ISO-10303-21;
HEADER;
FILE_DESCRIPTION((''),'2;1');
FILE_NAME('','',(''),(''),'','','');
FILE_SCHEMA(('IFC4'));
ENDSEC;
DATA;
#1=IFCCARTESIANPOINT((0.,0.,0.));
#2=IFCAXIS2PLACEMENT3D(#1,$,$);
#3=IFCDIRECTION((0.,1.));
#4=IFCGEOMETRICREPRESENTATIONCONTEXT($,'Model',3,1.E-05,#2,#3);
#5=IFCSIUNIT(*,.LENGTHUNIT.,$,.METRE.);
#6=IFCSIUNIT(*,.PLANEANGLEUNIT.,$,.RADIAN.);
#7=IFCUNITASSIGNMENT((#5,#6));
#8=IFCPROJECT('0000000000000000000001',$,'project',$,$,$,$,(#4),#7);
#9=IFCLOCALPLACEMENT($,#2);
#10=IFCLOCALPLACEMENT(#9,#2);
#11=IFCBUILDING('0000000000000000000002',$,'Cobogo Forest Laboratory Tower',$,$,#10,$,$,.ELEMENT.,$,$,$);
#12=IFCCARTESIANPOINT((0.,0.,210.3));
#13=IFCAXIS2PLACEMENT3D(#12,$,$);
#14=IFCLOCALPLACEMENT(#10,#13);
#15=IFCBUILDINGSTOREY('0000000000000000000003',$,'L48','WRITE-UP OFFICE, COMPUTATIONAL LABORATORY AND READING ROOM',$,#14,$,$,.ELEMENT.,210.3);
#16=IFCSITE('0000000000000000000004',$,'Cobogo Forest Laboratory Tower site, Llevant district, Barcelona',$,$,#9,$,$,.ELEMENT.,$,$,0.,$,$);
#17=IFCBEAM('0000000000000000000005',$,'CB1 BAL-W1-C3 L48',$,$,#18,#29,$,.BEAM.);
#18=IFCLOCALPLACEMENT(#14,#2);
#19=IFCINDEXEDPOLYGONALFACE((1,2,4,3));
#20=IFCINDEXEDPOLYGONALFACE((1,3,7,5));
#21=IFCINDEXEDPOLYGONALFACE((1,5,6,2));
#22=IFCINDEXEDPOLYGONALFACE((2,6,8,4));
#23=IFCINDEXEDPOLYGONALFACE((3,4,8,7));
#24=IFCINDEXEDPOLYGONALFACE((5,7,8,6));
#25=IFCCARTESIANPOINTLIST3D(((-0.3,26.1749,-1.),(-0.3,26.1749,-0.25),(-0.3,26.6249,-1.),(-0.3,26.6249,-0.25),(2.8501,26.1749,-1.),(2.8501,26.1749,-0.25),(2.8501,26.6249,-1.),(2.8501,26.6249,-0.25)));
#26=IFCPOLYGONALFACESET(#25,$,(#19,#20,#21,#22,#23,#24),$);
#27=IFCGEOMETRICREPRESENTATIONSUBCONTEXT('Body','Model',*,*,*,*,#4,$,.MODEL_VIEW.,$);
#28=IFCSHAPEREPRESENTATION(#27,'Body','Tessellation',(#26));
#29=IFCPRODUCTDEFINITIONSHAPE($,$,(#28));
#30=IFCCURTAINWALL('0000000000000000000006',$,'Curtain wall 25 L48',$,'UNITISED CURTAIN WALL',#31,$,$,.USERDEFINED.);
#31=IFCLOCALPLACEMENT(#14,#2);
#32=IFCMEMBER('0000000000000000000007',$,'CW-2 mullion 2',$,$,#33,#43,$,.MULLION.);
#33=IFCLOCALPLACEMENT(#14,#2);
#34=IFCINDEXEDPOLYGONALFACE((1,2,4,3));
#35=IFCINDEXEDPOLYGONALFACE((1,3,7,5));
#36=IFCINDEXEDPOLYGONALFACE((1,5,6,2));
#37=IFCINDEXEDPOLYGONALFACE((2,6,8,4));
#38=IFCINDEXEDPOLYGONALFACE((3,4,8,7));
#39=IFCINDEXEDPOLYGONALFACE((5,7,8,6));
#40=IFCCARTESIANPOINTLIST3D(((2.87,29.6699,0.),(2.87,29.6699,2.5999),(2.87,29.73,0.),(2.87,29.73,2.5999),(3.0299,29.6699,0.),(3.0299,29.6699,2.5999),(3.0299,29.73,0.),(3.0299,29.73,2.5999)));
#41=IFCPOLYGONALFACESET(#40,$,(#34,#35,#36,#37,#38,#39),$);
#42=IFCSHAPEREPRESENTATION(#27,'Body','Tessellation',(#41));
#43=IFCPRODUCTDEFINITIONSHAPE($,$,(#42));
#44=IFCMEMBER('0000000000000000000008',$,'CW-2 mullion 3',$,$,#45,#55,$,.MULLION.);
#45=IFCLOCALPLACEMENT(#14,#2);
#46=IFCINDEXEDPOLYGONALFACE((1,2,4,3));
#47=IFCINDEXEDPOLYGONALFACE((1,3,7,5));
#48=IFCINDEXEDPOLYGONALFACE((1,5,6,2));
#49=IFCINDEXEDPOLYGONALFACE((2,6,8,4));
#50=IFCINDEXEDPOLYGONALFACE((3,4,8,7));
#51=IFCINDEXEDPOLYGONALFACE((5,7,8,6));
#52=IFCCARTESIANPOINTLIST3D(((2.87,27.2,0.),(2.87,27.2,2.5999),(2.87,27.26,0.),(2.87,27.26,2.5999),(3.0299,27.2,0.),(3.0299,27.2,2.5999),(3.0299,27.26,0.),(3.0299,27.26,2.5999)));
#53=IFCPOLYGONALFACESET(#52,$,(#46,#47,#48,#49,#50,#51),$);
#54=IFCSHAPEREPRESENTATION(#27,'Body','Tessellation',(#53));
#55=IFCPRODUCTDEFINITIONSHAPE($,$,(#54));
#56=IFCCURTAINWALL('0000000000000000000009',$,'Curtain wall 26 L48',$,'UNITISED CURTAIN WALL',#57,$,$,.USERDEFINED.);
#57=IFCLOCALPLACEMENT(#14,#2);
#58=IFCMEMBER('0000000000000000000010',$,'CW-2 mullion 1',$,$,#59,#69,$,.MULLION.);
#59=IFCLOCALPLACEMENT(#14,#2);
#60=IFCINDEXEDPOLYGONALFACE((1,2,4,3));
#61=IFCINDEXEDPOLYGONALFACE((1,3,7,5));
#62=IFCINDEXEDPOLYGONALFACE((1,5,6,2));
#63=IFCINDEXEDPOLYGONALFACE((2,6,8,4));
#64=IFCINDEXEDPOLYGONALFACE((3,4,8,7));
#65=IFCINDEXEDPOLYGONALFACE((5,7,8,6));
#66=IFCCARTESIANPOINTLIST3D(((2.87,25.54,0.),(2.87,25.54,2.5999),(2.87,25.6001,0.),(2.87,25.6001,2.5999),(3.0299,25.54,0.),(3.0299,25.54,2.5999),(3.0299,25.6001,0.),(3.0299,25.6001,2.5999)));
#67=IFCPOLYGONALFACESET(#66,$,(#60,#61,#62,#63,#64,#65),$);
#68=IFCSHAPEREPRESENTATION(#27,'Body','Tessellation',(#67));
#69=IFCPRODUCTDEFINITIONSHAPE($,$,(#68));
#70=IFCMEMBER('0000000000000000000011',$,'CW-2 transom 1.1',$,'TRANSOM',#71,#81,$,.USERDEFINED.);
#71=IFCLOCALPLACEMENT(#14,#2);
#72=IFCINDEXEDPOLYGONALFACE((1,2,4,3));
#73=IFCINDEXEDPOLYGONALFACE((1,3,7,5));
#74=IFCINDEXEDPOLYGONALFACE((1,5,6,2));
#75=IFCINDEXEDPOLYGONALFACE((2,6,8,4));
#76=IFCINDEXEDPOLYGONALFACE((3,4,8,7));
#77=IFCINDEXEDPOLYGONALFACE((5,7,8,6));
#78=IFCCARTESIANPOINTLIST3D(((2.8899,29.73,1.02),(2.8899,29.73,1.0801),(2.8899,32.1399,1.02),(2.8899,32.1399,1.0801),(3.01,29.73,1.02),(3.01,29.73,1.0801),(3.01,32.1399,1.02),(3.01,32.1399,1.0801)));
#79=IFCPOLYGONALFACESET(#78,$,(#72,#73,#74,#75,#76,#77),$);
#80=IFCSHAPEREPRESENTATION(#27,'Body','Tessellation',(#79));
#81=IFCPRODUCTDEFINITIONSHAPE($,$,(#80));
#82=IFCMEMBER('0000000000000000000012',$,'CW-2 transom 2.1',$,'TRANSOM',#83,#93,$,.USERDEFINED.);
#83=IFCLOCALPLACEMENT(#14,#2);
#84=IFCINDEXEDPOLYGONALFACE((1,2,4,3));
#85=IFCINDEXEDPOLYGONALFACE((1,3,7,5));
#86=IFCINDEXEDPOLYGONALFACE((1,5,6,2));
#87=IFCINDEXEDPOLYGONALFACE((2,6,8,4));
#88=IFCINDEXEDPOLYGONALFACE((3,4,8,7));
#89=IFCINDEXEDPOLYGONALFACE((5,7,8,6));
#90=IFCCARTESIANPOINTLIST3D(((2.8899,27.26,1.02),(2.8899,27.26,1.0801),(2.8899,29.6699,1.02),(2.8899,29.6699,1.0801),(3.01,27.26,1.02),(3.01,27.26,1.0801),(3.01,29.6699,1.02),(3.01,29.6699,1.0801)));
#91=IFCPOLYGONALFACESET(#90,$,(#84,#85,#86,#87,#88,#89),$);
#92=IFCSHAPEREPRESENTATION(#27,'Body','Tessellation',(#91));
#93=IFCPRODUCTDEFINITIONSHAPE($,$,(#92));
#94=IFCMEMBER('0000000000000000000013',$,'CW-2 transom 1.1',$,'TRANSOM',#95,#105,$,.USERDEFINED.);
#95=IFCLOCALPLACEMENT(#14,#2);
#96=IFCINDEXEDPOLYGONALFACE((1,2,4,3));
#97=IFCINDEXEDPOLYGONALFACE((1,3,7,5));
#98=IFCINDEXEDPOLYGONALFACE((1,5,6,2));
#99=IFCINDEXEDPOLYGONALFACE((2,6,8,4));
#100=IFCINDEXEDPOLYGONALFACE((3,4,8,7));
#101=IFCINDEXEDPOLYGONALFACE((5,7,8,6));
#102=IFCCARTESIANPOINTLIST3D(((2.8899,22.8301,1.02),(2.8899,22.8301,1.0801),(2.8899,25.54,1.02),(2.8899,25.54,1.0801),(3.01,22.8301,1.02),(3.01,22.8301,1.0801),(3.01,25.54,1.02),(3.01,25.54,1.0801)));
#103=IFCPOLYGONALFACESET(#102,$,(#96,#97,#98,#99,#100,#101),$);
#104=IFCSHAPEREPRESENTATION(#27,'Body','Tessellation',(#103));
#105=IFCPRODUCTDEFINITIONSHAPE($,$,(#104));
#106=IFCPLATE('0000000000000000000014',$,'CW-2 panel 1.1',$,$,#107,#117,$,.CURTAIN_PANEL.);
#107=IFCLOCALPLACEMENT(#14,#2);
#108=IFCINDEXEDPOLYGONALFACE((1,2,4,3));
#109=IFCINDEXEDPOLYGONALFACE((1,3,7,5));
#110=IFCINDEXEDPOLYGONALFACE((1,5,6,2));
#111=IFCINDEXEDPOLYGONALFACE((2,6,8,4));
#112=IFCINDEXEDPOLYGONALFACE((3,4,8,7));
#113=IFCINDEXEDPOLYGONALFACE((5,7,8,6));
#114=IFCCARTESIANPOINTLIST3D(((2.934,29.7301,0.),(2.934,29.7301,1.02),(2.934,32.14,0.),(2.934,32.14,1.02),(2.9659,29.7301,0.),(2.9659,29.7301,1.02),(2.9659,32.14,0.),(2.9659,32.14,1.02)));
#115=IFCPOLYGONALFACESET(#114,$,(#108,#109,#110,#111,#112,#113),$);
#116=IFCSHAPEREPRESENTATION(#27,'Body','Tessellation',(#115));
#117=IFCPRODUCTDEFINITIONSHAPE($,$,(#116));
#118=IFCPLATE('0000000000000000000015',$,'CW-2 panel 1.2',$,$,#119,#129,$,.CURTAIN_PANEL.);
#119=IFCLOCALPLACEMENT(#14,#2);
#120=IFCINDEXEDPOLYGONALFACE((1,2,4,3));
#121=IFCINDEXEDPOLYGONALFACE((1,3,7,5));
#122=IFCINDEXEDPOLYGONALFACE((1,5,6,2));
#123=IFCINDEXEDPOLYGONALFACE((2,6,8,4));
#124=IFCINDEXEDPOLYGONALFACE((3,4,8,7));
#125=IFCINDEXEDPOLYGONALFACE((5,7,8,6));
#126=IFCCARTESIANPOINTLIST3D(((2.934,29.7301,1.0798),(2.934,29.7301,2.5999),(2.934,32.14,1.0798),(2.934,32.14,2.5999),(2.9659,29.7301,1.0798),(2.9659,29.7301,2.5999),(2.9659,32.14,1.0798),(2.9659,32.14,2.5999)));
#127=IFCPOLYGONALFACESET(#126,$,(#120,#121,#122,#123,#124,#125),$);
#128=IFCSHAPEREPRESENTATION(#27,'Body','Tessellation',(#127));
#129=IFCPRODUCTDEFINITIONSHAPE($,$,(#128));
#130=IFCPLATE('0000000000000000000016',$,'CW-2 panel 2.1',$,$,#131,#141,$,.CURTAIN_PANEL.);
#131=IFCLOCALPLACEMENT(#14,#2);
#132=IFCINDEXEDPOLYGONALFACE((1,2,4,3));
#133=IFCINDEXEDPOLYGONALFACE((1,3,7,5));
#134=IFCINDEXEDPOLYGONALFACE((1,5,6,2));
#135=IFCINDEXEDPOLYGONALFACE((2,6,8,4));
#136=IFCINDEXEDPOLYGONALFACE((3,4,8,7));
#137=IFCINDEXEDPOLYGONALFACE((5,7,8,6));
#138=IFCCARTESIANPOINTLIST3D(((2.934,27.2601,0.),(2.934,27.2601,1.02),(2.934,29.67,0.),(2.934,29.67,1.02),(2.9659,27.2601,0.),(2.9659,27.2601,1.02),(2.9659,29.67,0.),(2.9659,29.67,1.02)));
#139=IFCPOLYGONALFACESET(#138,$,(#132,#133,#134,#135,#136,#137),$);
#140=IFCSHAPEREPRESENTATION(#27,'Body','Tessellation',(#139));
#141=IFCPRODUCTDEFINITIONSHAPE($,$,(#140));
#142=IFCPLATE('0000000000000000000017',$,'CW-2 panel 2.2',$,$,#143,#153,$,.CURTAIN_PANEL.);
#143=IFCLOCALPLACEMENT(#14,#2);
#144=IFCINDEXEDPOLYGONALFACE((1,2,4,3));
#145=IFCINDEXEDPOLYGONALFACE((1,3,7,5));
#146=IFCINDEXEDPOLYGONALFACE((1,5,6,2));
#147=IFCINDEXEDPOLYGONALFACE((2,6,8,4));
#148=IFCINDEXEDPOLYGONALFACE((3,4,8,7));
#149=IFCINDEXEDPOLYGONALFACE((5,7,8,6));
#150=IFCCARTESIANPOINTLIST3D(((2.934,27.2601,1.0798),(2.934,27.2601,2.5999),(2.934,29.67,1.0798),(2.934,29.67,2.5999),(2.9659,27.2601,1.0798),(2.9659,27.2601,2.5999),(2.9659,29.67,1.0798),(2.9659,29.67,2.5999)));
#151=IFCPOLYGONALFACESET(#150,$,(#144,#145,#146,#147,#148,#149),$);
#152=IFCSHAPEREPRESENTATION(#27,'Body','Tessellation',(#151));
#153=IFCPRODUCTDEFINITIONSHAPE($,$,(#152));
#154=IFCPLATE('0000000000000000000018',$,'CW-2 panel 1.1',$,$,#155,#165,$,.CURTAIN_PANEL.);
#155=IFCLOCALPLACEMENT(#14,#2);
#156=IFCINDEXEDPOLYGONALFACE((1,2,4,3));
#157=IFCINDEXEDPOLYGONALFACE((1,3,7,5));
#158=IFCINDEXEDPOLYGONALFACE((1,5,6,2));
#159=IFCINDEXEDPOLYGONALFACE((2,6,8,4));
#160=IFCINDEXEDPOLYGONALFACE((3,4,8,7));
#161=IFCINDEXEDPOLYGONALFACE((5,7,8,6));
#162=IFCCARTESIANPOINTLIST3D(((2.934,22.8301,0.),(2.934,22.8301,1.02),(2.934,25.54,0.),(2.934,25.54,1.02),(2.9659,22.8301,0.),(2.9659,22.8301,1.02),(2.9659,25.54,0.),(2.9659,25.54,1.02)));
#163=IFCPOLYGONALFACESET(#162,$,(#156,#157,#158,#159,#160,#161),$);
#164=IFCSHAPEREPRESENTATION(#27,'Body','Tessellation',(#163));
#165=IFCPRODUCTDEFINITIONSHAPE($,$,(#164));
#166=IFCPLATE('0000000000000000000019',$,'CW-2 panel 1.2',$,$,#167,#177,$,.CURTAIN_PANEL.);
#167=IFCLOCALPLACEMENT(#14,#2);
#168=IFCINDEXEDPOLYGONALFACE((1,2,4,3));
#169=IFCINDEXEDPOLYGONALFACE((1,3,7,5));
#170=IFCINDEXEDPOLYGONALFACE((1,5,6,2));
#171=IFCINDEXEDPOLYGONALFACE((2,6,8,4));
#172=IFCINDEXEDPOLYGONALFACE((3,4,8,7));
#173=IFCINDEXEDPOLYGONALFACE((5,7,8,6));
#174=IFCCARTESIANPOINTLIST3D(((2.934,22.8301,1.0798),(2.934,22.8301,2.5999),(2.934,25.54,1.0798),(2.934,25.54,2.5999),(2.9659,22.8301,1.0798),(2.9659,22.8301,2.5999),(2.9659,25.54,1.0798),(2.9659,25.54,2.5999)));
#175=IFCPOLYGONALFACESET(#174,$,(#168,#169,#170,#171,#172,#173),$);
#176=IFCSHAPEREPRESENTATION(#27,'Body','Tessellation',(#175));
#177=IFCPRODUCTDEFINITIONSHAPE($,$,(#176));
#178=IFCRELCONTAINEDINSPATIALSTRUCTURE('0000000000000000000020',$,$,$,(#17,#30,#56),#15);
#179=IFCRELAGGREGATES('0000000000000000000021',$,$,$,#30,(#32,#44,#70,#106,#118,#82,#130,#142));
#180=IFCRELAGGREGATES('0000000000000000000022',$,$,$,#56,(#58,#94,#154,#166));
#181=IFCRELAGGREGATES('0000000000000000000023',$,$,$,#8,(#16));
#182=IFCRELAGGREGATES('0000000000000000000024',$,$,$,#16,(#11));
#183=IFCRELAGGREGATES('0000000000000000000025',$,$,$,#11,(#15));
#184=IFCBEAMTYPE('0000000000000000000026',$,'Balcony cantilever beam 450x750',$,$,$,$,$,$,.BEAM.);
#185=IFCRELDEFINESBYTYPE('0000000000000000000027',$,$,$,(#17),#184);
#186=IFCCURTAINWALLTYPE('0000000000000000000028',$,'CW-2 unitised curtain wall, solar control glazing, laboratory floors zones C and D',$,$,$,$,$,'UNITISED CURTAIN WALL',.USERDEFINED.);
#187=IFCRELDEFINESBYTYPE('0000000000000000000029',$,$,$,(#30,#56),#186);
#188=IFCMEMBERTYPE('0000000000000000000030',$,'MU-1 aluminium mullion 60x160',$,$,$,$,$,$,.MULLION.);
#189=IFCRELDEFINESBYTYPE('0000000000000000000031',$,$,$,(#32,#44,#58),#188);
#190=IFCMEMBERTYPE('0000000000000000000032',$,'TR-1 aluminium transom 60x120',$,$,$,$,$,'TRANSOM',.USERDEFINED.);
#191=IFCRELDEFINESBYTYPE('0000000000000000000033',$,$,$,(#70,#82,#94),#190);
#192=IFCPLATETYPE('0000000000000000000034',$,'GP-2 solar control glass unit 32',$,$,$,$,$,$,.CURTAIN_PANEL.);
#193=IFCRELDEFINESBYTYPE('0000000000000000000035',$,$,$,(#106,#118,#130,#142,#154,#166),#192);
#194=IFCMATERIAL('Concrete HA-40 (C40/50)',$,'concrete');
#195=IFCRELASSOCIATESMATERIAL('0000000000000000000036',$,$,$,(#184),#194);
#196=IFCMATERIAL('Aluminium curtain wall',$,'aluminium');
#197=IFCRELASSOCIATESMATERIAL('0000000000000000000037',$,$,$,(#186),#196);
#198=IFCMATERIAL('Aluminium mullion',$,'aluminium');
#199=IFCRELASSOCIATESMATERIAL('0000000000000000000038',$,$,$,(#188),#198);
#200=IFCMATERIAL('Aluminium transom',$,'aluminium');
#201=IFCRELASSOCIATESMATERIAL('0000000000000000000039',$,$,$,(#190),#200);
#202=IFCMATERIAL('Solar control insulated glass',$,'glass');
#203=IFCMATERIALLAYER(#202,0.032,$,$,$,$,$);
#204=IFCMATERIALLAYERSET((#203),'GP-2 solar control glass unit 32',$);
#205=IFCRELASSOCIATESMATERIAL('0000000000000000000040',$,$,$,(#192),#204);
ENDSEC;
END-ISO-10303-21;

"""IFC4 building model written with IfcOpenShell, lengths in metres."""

from ifc_helpers import new_model, si_unit, direction, frame, origin, origin_2d, place, context, subcontext, project, spatial, rectangle, extrude, material, layer, layer_set, material_profile, profile_set, type_object, element, aggregate, save


model = new_model("IFC4")

# Units and contexts
model_context = context("Model", 3, precision=1e-05, world=origin(), true_north=direction((0.0, 1.0)))
body_context = subcontext(model_context, "Body", "Model", "MODEL_VIEW")
ifc_project = project(units=[si_unit("LENGTHUNIT", "METRE"), si_unit("PLANEANGLEUNIT", "RADIAN")], contexts=[model_context])

# Site, building, storey
site_placement = place(None, origin())
site = spatial("IfcSite", under=ifc_project, at=site_placement, Name="Cobogo Forest Laboratory Tower site, Llevant district, Barcelona", CompositionType="ELEMENT", RefElevation=0.0)
building_placement = place(site_placement, origin())
building = spatial("IfcBuilding", under=site, at=building_placement, Name="Cobogo Forest Laboratory Tower", CompositionType="ELEMENT")
storey_placement = place(building_placement, frame((0.0, 0.0, 210.3)))
storey = spatial("IfcBuildingStorey", under=building, at=storey_placement, Name="L48", Description="WRITE-UP OFFICE, COMPUTATIONAL LABORATORY AND READING ROOM", CompositionType="ELEMENT", Elevation=210.3)

# Beam
ifc_material_1 = material(Name="Concrete HA-40 (C40/50)", Category="concrete")
ifc_material_profile_1 = material_profile(ifc_material_1, rectangle(XDim=0.45, YDim=0.75, at=origin_2d()), Name="RC 450x750")
ifc_profile_set_1 = profile_set([ifc_material_profile_1], Name="Concrete HA-40 (C40/50)")
beam_type = type_object("IfcBeamType", Name="Balcony cantilever beam 450x750", PredefinedType="BEAM", material=ifc_profile_set_1)
beam_placement = place(storey_placement, frame((2.8501, 26.3999, -0.625), z_axis=(-1.0, 0.0, 0.0), x_axis=(0.0, -1.0, 0.0)))
element("IfcBeam", 1, at=beam_placement, inside=storey, type_object=beam_type, Name="CB1 BAL-W1-C3 L48", PredefinedType="BEAM", context=body_context, shape_type="SweptSolid", body=[
    extrude(rectangle(XDim=0.45, YDim=0.75, at=origin_2d()), origin(), (0.0, 0.0, 1.0), 3.1501),
])

# Curtain wall, members
ifc_material_2 = material(Name="Aluminium curtain wall", Category="aluminium")
curtain_wall_type = type_object("IfcCurtainWallType", Name="CW-2 unitised curtain wall, solar control glazing, laboratory floors zones C and D", ElementType="UNITISED CURTAIN WALL", PredefinedType="USERDEFINED", material=ifc_material_2)
curtain_wall_1_placement = place(storey_placement, origin())
curtain_wall_1 = element("IfcCurtainWall", 2, at=curtain_wall_1_placement, inside=storey, type_object=curtain_wall_type, Name="Curtain wall 25 L48", ObjectType="UNITISED CURTAIN WALL", PredefinedType="USERDEFINED")
ifc_material_3 = material(Name="Aluminium mullion", Category="aluminium")
ifc_material_profile_2 = material_profile(ifc_material_3, rectangle(XDim=0.0601, YDim=0.1599, at=origin_2d()), Name="AL 60x160")
ifc_profile_set_2 = profile_set([ifc_material_profile_2], Name="Aluminium mullion")
member_type_1 = type_object("IfcMemberType", Name="MU-1 aluminium mullion 60x160", PredefinedType="MULLION", material=ifc_profile_set_2)
member_1_placement = place(storey_placement, frame((2.95, 29.7, 0.0), z_axis=(0.0, 0.0, 1.0), x_axis=(0.0, -1.0, 0.0)))
member_1 = element("IfcMember", 3, at=member_1_placement, type_object=member_type_1, Name="CW-2 mullion 2", PredefinedType="MULLION", context=body_context, shape_type="SweptSolid", body=[
    extrude(rectangle(XDim=0.0601, YDim=0.1599, at=origin_2d()), origin(), (0.0, 0.0, 1.0), 2.5999),
])
member_2_placement = place(storey_placement, frame((2.95, 27.23, 0.0), z_axis=(0.0, 0.0, 1.0), x_axis=(0.0, -1.0, 0.0)))
member_2 = element("IfcMember", 4, at=member_2_placement, type_object=member_type_1, Name="CW-2 mullion 3", PredefinedType="MULLION", context=body_context, shape_type="SweptSolid", body=[
    extrude(rectangle(XDim=0.0601, YDim=0.1599, at=origin_2d()), origin(), (0.0, 0.0, 1.0), 2.5999),
])

# Curtain wall, member
curtain_wall_2_placement = place(storey_placement, origin())
curtain_wall_2 = element("IfcCurtainWall", 5, at=curtain_wall_2_placement, inside=storey, type_object=curtain_wall_type, Name="Curtain wall 26 L48", ObjectType="UNITISED CURTAIN WALL", PredefinedType="USERDEFINED")
member_3_placement = place(storey_placement, frame((2.95, 25.5701, 0.0), z_axis=(0.0, 0.0, 1.0), x_axis=(0.0, -1.0, 0.0)))
member_3 = element("IfcMember", 6, at=member_3_placement, type_object=member_type_1, Name="CW-2 mullion 1", PredefinedType="MULLION", context=body_context, shape_type="SweptSolid", body=[
    extrude(rectangle(XDim=0.0601, YDim=0.1599, at=origin_2d()), origin(), (0.0, 0.0, 1.0), 2.5999),
])

# Members
ifc_material_4 = material(Name="Aluminium transom", Category="aluminium")
ifc_material_profile_3 = material_profile(ifc_material_4, rectangle(XDim=0.1201, YDim=0.0601, at=origin_2d()), Name="AL 60x120")
ifc_profile_set_3 = profile_set([ifc_material_profile_3], Name="Aluminium transom")
member_type_2 = type_object("IfcMemberType", Name="TR-1 aluminium transom 60x120", ElementType="TRANSOM", PredefinedType="USERDEFINED", material=ifc_profile_set_3)
member_4_placement = place(storey_placement, frame((2.95, 32.1399, 1.05), z_axis=(0.0, -1.0, 0.0), x_axis=(1.0, 0.0, 0.0)))
member_4 = element("IfcMember", 7, at=member_4_placement, type_object=member_type_2, Name="CW-2 transom 1.1", ObjectType="TRANSOM", PredefinedType="USERDEFINED", context=body_context, shape_type="SweptSolid", body=[
    extrude(rectangle(XDim=0.1201, YDim=0.0601, at=origin_2d()), origin(), (0.0, 0.0, 1.0), 2.4099),
])
member_5_placement = place(storey_placement, frame((2.95, 29.6699, 1.05), z_axis=(0.0, -1.0, 0.0), x_axis=(1.0, 0.0, 0.0)))
member_5 = element("IfcMember", 8, at=member_5_placement, type_object=member_type_2, Name="CW-2 transom 2.1", ObjectType="TRANSOM", PredefinedType="USERDEFINED", context=body_context, shape_type="SweptSolid", body=[
    extrude(rectangle(XDim=0.1201, YDim=0.0601, at=origin_2d()), origin(), (0.0, 0.0, 1.0), 2.4099),
])
member_6_placement = place(storey_placement, frame((2.95, 25.54, 1.05), z_axis=(0.0, -1.0, 0.0), x_axis=(1.0, 0.0, 0.0)))
member_6 = element("IfcMember", 9, at=member_6_placement, type_object=member_type_2, Name="CW-2 transom 1.1", ObjectType="TRANSOM", PredefinedType="USERDEFINED", context=body_context, shape_type="SweptSolid", body=[
    extrude(rectangle(XDim=0.1201, YDim=0.0601, at=origin_2d()), origin(), (0.0, 0.0, 1.0), 2.71),
])

# Plates
ifc_material_5 = material(Name="Solar control insulated glass", Category="glass")
ifc_layer = layer(ifc_material_5, 0.032)
ifc_layer_set = layer_set([ifc_layer], Name="GP-2 solar control glass unit 32")
plate_type_1 = type_object("IfcPlateType", Name="GP-2 solar control glass unit 32", PredefinedType="CURTAIN_PANEL", material=ifc_layer_set)
plate_1_placement = place(storey_placement, frame((2.95, 30.9351, 0.0), z_axis=(0.0, 0.0, 1.0), x_axis=(0.0, -1.0, 0.0)))
plate_1 = element("IfcPlate", 10, at=plate_1_placement, type_object=plate_type_1, Name="CW-2 panel 1.1", PredefinedType="CURTAIN_PANEL", context=body_context, shape_type="SweptSolid", body=[
    extrude(rectangle(XDim=2.4099, YDim=0.032, at=origin_2d()), origin(), (0.0, 0.0, 1.0), 1.02),
])
plate_2_placement = place(storey_placement, frame((2.95, 30.9351, 1.0798), z_axis=(0.0, 0.0, 1.0), x_axis=(0.0, -1.0, 0.0)))
plate_2 = element("IfcPlate", 11, at=plate_2_placement, type_object=plate_type_1, Name="CW-2 panel 1.2", PredefinedType="CURTAIN_PANEL", context=body_context, shape_type="SweptSolid", body=[
    extrude(rectangle(XDim=2.4099, YDim=0.032, at=origin_2d()), origin(), (0.0, 0.0, 1.0), 1.52),
])
plate_3_placement = place(storey_placement, frame((2.95, 28.4651, 0.0), z_axis=(0.0, 0.0, 1.0), x_axis=(0.0, -1.0, 0.0)))
plate_3 = element("IfcPlate", 12, at=plate_3_placement, type_object=plate_type_1, Name="CW-2 panel 2.1", PredefinedType="CURTAIN_PANEL", context=body_context, shape_type="SweptSolid", body=[
    extrude(rectangle(XDim=2.4099, YDim=0.032, at=origin_2d()), origin(), (0.0, 0.0, 1.0), 1.02),
])
plate_4_placement = place(storey_placement, frame((2.95, 28.4651, 1.0798), z_axis=(0.0, 0.0, 1.0), x_axis=(0.0, -1.0, 0.0)))
plate_4 = element("IfcPlate", 13, at=plate_4_placement, type_object=plate_type_1, Name="CW-2 panel 2.2", PredefinedType="CURTAIN_PANEL", context=body_context, shape_type="SweptSolid", body=[
    extrude(rectangle(XDim=2.4099, YDim=0.032, at=origin_2d()), origin(), (0.0, 0.0, 1.0), 1.52),
])
aggregate(curtain_wall_1, [member_1, member_2, member_4, plate_1, plate_2, member_5, plate_3, plate_4])
plate_5_placement = place(storey_placement, frame((2.95, 24.1851, 0.0), z_axis=(0.0, 0.0, 1.0), x_axis=(0.0, -1.0, 0.0)))
plate_5 = element("IfcPlate", 14, at=plate_5_placement, type_object=plate_type_1, Name="CW-2 panel 1.1", PredefinedType="CURTAIN_PANEL", context=body_context, shape_type="SweptSolid", body=[
    extrude(rectangle(XDim=2.71, YDim=0.032, at=origin_2d()), origin(), (0.0, 0.0, 1.0), 1.02),
])
plate_6_placement = place(storey_placement, frame((2.95, 24.1851, 1.0798), z_axis=(0.0, 0.0, 1.0), x_axis=(0.0, -1.0, 0.0)))
plate_6 = element("IfcPlate", 15, at=plate_6_placement, type_object=plate_type_1, Name="CW-2 panel 1.2", PredefinedType="CURTAIN_PANEL", context=body_context, shape_type="SweptSolid", body=[
    extrude(rectangle(XDim=2.71, YDim=0.032, at=origin_2d()), origin(), (0.0, 0.0, 1.0), 1.52),
])
aggregate(curtain_wall_2, [member_3, member_6, plate_5, plate_6])

save(model, "model.ifc")
